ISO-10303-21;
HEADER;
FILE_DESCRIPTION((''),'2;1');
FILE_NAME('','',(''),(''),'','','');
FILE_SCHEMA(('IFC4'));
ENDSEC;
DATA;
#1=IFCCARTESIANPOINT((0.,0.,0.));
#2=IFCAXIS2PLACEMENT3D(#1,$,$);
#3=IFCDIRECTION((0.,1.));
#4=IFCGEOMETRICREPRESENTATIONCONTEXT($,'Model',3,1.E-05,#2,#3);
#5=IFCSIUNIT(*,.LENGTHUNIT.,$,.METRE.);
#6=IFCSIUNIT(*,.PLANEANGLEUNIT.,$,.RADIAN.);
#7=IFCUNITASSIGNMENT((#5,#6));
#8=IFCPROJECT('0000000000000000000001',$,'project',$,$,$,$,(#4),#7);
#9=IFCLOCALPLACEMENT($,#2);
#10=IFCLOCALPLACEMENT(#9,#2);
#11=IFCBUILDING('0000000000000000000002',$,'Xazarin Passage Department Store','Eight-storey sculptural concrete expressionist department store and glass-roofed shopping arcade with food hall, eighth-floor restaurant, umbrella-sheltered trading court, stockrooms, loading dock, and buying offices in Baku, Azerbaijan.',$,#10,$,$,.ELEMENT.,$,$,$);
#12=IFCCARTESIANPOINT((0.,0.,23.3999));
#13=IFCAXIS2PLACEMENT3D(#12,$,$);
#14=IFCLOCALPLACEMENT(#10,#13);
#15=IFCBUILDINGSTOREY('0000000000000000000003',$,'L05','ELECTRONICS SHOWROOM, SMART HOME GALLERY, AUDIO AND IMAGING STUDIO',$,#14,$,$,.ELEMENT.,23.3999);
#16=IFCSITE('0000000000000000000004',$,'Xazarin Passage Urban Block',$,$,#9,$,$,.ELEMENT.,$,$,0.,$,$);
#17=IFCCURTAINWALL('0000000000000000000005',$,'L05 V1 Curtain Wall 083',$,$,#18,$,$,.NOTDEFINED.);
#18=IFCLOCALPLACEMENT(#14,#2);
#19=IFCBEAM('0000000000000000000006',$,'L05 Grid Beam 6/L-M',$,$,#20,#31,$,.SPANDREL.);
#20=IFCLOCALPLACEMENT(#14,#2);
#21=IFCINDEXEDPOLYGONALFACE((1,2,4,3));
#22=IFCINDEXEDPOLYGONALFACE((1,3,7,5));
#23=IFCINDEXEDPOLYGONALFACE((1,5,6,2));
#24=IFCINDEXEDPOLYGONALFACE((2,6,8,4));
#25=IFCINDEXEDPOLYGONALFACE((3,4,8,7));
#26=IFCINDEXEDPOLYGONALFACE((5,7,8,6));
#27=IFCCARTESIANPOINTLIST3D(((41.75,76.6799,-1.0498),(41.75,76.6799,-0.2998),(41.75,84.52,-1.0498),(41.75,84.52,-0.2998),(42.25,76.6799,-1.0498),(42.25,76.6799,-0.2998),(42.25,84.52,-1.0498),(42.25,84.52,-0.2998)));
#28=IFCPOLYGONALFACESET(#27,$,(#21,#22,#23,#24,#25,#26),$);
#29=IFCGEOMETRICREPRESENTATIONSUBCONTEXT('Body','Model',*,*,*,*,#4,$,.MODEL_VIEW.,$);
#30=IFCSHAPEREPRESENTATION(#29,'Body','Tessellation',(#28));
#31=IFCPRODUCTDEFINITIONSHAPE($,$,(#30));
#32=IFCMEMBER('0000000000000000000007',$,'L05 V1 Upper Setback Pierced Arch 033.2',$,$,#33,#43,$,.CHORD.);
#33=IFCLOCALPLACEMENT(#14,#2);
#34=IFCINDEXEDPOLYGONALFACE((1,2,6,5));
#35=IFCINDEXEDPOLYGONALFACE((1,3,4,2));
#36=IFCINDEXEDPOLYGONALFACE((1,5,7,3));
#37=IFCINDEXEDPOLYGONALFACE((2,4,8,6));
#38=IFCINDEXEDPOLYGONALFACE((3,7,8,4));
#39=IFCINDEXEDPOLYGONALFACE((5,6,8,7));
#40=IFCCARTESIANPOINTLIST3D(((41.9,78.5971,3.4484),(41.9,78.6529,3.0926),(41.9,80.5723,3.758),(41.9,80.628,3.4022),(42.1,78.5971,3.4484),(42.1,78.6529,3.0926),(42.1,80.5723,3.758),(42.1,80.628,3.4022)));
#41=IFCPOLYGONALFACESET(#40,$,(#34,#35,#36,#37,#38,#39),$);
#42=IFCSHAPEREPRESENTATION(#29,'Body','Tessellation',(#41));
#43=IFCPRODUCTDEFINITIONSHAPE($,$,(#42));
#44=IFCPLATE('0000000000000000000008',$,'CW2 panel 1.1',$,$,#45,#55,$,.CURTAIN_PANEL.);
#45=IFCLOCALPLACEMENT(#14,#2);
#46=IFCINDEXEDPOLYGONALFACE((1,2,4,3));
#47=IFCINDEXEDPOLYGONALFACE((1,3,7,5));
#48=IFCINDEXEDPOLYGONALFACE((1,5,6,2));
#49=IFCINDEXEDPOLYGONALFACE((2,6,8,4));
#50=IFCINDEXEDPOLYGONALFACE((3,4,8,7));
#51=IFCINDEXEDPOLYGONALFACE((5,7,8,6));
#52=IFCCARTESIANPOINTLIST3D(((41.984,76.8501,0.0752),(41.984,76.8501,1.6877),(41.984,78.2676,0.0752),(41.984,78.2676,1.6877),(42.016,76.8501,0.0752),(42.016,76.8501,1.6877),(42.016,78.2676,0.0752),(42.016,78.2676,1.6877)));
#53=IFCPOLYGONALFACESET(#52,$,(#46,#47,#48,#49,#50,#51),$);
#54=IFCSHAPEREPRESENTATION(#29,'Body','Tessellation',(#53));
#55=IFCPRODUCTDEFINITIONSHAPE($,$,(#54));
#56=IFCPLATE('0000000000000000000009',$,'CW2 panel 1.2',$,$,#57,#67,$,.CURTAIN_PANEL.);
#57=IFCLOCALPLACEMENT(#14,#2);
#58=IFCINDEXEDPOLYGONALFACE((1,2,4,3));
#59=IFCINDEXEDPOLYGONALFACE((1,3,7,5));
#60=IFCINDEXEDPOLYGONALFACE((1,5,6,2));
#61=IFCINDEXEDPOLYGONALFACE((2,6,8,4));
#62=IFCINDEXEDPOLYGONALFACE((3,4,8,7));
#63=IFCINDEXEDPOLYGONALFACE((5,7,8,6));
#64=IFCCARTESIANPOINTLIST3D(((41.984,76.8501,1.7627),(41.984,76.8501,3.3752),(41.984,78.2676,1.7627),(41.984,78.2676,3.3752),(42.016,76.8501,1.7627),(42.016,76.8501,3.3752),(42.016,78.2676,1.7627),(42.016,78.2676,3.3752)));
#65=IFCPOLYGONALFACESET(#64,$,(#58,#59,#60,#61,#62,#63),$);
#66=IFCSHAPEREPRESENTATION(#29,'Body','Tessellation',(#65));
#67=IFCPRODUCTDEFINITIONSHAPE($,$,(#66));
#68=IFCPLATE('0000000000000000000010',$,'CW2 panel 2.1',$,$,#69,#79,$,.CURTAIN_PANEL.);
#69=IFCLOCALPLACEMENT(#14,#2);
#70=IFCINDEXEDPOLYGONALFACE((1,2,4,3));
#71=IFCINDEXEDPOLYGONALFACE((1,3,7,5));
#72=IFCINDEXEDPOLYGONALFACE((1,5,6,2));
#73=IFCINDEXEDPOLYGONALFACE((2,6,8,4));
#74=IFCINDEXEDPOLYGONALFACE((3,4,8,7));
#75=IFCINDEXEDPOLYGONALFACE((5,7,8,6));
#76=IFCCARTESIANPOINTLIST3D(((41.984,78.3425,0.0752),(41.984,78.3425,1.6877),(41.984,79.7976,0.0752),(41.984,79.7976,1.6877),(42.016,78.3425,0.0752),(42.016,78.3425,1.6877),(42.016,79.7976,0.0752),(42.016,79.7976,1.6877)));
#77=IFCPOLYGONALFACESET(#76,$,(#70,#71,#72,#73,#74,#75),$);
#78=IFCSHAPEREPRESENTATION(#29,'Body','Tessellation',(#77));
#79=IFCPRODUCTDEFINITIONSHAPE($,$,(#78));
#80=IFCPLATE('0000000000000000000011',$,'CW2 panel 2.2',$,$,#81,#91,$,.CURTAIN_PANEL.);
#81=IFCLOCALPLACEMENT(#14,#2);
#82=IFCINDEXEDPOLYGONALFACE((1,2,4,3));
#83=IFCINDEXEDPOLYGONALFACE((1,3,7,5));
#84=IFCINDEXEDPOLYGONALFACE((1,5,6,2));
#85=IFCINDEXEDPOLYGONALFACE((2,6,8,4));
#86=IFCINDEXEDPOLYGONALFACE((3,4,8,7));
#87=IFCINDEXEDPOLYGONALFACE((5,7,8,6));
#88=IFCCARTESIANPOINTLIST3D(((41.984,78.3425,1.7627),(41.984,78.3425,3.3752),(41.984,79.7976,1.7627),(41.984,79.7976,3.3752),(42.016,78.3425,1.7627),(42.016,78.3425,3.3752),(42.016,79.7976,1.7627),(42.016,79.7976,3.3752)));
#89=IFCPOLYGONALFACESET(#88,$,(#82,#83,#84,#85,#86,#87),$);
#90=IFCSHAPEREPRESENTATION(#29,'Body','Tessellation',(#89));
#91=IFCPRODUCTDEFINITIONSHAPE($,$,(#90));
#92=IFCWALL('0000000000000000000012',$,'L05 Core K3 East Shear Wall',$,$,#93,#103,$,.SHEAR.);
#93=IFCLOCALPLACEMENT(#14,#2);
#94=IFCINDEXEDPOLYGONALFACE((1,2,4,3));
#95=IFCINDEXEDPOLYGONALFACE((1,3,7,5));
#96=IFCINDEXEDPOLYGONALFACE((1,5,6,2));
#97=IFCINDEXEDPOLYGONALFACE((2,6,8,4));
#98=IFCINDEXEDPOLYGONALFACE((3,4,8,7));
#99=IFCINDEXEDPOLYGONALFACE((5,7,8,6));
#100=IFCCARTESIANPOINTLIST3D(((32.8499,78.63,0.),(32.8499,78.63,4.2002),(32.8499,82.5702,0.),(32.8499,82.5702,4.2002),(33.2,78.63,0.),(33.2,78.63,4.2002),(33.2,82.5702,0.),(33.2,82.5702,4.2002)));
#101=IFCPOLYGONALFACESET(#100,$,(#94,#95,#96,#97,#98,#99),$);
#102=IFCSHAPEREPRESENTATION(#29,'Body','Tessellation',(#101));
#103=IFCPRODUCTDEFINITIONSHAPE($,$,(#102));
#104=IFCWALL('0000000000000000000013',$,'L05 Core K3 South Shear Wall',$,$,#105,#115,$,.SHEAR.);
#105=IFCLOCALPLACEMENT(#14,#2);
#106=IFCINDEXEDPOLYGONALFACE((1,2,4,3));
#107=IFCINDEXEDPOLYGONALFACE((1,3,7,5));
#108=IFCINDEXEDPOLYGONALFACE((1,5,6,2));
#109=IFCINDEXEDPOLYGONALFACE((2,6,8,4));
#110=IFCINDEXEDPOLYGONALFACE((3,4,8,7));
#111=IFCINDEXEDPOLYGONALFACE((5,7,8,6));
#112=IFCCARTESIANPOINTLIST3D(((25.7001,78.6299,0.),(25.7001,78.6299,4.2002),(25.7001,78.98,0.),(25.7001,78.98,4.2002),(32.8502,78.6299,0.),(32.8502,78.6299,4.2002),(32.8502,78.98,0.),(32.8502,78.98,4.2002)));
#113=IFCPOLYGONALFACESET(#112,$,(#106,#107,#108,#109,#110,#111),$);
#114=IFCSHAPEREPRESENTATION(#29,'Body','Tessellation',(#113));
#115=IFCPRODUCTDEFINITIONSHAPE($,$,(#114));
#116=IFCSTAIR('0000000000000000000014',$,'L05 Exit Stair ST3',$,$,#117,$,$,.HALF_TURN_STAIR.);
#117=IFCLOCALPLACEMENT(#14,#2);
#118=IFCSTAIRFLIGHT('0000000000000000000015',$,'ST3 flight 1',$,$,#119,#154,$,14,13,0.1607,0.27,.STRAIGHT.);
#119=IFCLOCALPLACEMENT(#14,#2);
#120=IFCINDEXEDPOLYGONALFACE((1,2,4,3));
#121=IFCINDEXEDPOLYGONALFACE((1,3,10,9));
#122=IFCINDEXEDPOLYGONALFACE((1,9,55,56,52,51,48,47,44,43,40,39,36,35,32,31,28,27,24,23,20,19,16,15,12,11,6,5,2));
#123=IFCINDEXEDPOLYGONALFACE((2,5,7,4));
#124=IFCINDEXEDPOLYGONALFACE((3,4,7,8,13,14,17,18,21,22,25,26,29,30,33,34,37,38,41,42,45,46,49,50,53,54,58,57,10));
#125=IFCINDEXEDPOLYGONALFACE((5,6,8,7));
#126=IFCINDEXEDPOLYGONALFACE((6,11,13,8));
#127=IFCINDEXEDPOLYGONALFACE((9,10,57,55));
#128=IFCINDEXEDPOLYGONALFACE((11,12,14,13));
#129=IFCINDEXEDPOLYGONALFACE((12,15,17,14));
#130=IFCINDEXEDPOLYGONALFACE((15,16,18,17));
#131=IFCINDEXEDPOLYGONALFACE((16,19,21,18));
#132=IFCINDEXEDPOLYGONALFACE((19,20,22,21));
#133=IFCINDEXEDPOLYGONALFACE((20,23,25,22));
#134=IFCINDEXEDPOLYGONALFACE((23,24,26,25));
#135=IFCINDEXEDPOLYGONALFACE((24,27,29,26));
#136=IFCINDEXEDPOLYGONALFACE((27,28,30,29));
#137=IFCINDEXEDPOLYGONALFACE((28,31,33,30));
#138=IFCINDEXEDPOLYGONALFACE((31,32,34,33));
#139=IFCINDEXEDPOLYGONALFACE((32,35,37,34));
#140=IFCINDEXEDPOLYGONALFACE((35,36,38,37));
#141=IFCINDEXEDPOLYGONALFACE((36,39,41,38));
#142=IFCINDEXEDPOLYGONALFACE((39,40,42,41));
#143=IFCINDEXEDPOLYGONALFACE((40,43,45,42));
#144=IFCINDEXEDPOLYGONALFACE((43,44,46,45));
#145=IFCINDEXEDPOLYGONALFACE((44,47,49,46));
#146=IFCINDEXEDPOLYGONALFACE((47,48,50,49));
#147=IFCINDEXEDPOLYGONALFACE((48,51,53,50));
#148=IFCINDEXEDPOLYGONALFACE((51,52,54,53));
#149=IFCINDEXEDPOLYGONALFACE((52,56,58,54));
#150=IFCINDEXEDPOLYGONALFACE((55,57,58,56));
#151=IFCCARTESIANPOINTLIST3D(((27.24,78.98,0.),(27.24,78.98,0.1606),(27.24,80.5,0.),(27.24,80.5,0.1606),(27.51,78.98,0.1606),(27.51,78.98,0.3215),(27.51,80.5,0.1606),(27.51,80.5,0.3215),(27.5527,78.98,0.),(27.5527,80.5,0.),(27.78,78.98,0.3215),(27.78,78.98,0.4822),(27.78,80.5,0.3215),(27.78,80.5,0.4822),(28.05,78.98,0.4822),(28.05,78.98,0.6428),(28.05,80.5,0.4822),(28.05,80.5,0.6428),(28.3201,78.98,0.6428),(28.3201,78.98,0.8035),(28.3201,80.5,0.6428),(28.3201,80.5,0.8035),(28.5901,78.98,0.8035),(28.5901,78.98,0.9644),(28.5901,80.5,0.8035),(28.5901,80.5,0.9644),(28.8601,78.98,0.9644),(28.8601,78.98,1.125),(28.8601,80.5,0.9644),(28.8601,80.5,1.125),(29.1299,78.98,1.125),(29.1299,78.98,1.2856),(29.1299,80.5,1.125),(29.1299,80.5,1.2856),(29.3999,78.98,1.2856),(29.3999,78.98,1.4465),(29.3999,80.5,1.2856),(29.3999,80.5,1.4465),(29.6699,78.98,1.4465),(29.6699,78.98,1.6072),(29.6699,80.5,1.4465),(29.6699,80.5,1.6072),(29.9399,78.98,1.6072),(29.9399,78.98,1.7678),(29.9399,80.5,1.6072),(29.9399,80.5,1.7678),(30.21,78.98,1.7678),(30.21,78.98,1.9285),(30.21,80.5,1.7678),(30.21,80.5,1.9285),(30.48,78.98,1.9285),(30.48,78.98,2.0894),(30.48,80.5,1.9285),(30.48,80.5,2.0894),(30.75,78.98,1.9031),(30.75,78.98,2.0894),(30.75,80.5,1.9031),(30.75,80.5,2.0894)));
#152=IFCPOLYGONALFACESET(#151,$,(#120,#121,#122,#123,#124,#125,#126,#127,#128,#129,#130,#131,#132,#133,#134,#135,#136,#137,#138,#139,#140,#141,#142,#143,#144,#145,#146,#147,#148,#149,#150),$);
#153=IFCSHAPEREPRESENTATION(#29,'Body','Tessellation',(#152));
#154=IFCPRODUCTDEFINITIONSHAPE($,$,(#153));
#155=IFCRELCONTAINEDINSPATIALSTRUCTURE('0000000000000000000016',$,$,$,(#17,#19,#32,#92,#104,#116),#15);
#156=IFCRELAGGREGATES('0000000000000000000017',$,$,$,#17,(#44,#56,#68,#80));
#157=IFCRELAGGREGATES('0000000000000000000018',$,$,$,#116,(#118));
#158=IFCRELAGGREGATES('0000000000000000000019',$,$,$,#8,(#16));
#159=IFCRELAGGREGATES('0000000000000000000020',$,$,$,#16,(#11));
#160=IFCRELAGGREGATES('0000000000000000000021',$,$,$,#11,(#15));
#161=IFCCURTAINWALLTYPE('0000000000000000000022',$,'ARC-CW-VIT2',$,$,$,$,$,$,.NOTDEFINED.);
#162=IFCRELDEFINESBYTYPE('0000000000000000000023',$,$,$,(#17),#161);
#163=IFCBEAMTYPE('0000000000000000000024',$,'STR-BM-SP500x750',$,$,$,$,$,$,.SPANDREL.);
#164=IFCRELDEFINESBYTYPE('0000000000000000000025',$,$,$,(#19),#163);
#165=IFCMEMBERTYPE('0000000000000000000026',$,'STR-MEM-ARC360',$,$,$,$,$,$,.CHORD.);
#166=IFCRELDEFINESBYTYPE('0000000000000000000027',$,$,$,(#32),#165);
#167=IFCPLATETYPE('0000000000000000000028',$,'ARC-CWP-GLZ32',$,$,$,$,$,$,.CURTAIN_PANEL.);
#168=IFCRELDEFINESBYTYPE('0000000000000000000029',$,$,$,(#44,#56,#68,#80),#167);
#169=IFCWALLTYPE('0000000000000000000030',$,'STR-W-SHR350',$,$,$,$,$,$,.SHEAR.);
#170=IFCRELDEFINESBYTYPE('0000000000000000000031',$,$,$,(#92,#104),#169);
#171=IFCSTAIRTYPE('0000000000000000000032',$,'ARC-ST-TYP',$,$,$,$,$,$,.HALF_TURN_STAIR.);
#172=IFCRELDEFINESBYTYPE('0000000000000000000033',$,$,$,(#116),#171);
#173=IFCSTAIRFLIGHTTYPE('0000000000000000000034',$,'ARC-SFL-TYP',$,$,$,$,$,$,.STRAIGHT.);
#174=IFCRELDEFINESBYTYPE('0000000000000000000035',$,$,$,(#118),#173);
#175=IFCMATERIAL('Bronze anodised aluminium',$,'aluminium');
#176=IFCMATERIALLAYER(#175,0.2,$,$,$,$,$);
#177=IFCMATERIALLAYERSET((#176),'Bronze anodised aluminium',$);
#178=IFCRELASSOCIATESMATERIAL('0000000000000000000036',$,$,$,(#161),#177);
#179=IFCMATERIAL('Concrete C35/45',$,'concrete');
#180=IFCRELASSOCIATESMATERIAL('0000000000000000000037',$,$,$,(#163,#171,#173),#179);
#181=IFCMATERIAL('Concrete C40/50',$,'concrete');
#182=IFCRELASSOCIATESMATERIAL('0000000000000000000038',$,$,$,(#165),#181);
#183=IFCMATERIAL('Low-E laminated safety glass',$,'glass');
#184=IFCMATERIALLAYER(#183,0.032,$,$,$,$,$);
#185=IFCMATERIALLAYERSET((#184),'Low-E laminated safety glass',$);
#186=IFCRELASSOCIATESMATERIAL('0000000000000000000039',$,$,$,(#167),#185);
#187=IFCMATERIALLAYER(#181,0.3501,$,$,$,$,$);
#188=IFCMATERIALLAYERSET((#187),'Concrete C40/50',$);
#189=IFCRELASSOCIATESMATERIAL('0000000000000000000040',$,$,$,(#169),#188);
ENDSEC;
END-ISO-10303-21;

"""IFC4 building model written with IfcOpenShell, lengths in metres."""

from ifc_helpers import new_model, si_unit, direction, frame, frame_2d, origin, origin_2d, place, context, subcontext, project, spatial, polyline, rectangle, outline, extrude, material, layer, layer_set, material_profile, profile_set, type_object, element, aggregate, save


model = new_model("IFC4")

# Units and contexts
model_context = context("Model", 3, precision=1e-05, world=origin(), true_north=direction((0.0, 1.0)))
body_context = subcontext(model_context, "Body", "Model", "MODEL_VIEW")
ifc_project = project(units=[si_unit("LENGTHUNIT", "METRE"), si_unit("PLANEANGLEUNIT", "RADIAN")], contexts=[model_context])

# Site, building, storey
site_placement = place(None, origin())
site = spatial("IfcSite", under=ifc_project, at=site_placement, Name="Xazarin Passage Urban Block", CompositionType="ELEMENT", RefElevation=0.0)
building_placement = place(site_placement, origin())
building = spatial("IfcBuilding", under=site, at=building_placement, Name="Xazarin Passage Department Store", Description="Eight-storey sculptural concrete expressionist department store and glass-roofed shopping arcade with food hall, eighth-floor restaurant, umbrella-sheltered trading court, stockrooms, loading dock, and buying offices in Baku, Azerbaijan.", CompositionType="ELEMENT")
storey_placement = place(building_placement, frame((0.0, 0.0, 23.3999)))
storey = spatial("IfcBuildingStorey", under=building, at=storey_placement, Name="L05", Description="ELECTRONICS SHOWROOM, SMART HOME GALLERY, AUDIO AND IMAGING STUDIO", CompositionType="ELEMENT", Elevation=23.3999)

# Curtain wall
ifc_material_1 = material(Name="Bronze anodised aluminium", Category="aluminium")
ifc_layer_1 = layer(ifc_material_1, 0.2)
ifc_layer_set_1 = layer_set([ifc_layer_1], Name="Bronze anodised aluminium")
curtain_wall_type = type_object("IfcCurtainWallType", Name="ARC-CW-VIT2", PredefinedType="NOTDEFINED", material=ifc_layer_set_1)
curtain_wall_placement = place(storey_placement, origin())
curtain_wall = element("IfcCurtainWall", 1, at=curtain_wall_placement, inside=storey, type_object=curtain_wall_type, Name="L05 V1 Curtain Wall 083", PredefinedType="NOTDEFINED")

# Beam
ifc_material_2 = material(Name="Concrete C35/45", Category="concrete")
ifc_material_profile_1 = material_profile(ifc_material_2, rectangle(XDim=0.5, YDim=0.75, at=origin_2d()), Name="RC 500x750")
ifc_profile_set_1 = profile_set([ifc_material_profile_1], Name="Concrete C35/45")
beam_type = type_object("IfcBeamType", Name="STR-BM-SP500x750", PredefinedType="SPANDREL", material=ifc_profile_set_1)
beam_placement = place(storey_placement, frame((42.0, 76.6799, -0.6748), z_axis=(0.0, 1.0, 0.0), x_axis=(-1.0, 0.0, 0.0)))
element("IfcBeam", 2, at=beam_placement, inside=storey, type_object=beam_type, Name="L05 Grid Beam 6/L-M", PredefinedType="SPANDREL", context=body_context, shape_type="SweptSolid", body=[
    extrude(rectangle(XDim=0.5, YDim=0.75, at=origin_2d()), origin(), (0.0, 0.0, 1.0), 7.8401),
])

# Member
ifc_material_3 = material(Name="Concrete C40/50", Category="concrete")
ifc_material_profile_2 = material_profile(ifc_material_3, rectangle(XDim=0.2, YDim=0.3601, at=origin_2d()), Name="RC 200x360")
ifc_profile_set_2 = profile_set([ifc_material_profile_2], Name="Concrete C40/50")
member_type_1 = type_object("IfcMemberType", Name="STR-MEM-ARC360", PredefinedType="CHORD", material=ifc_profile_set_2)
member_1_placement = place(storey_placement, frame((42.0, 78.625, 3.2705), z_axis=(0.0, 0.987939, 0.154846), x_axis=(-1.0, 0.0, 0.0)))
element("IfcMember", 3, at=member_1_placement, inside=storey, type_object=member_type_1, Name="L05 V1 Upper Setback Pierced Arch 033.2", PredefinedType="CHORD", context=body_context, shape_type="SweptSolid", body=[
    extrude(rectangle(XDim=0.2, YDim=0.3601, at=origin_2d()), origin(), (0.0, 0.0, 1.0), 1.9993),
])

# Plates
ifc_material_4 = material(Name="Low-E laminated safety glass", Category="glass")
ifc_layer_2 = layer(ifc_material_4, 0.032)
ifc_layer_set_2 = layer_set([ifc_layer_2], Name="Low-E laminated safety glass")
plate_type = type_object("IfcPlateType", Name="ARC-CWP-GLZ32", PredefinedType="CURTAIN_PANEL", material=ifc_layer_set_2)
plate_1_placement = place(storey_placement, frame((42.0, 77.5588, 0.0752), z_axis=(0.0, 0.0, 1.0), x_axis=(0.0, 1.0, 0.0)))
plate_1 = element("IfcPlate", 4, at=plate_1_placement, type_object=plate_type, Name="CW2 panel 1.1", PredefinedType="CURTAIN_PANEL", context=body_context, shape_type="SweptSolid", body=[
    extrude(rectangle(XDim=1.4175, YDim=0.032, at=origin_2d()), origin(), (0.0, 0.0, 1.0), 1.6125),
])
plate_2_placement = place(storey_placement, frame((42.0, 77.5588, 1.7627), z_axis=(0.0, 0.0, 1.0), x_axis=(0.0, 1.0, 0.0)))
plate_2 = element("IfcPlate", 5, at=plate_2_placement, type_object=plate_type, Name="CW2 panel 1.2", PredefinedType="CURTAIN_PANEL", context=body_context, shape_type="SweptSolid", body=[
    extrude(rectangle(XDim=1.4175, YDim=0.032, at=origin_2d()), origin(), (0.0, 0.0, 1.0), 1.6125),
])
plate_3_placement = place(storey_placement, frame((42.0, 79.0701, 0.0752), z_axis=(0.0, 0.0, 1.0), x_axis=(0.0, 1.0, 0.0)))
plate_3 = element("IfcPlate", 6, at=plate_3_placement, type_object=plate_type, Name="CW2 panel 2.1", PredefinedType="CURTAIN_PANEL", context=body_context, shape_type="SweptSolid", body=[
    extrude(rectangle(XDim=1.4551, YDim=0.032, at=origin_2d()), origin(), (0.0, 0.0, 1.0), 1.6125),
])
plate_4_placement = place(storey_placement, frame((42.0, 79.0701, 1.7627), z_axis=(0.0, 0.0, 1.0), x_axis=(0.0, 1.0, 0.0)))
plate_4 = element("IfcPlate", 7, at=plate_4_placement, type_object=plate_type, Name="CW2 panel 2.2", PredefinedType="CURTAIN_PANEL", context=body_context, shape_type="SweptSolid", body=[
    extrude(rectangle(XDim=1.4551, YDim=0.032, at=origin_2d()), origin(), (0.0, 0.0, 1.0), 1.6125),
])
aggregate(curtain_wall, [plate_1, plate_2, plate_3, plate_4])

# Walls
ifc_layer_3 = layer(ifc_material_3, 0.3501)
ifc_layer_set_3 = layer_set([ifc_layer_3], Name="Concrete C40/50")
wall_type = type_object("IfcWallType", Name="STR-W-SHR350", PredefinedType="SHEAR", material=ifc_layer_set_3)
wall_1_placement = place(storey_placement, frame((33.0249, 78.6299, 0.0), z_axis=(0.0, 0.0, 1.0), x_axis=(0.0, 1.0, 0.0)))
element("IfcWall", 8, at=wall_1_placement, inside=storey, type_object=wall_type, Name="L05 Core K3 East Shear Wall", PredefinedType="SHEAR", context=body_context, shape_type="SweptSolid", body=[
    extrude(rectangle(XDim=3.9402, YDim=0.3501, at=frame_2d((1.9702, 0.0))), origin(), (0.0, 0.0, 1.0), 4.2002),
])
wall_2_placement = place(storey_placement, frame((25.7, 78.8049, 0.0), z_axis=(0.0, 0.0, 1.0), x_axis=(1.0, 0.0, 0.0)))
element("IfcWall", 9, at=wall_2_placement, inside=storey, type_object=wall_type, Name="L05 Core K3 South Shear Wall", PredefinedType="SHEAR", context=body_context, shape_type="SweptSolid", body=[
    extrude(rectangle(XDim=7.1501, YDim=0.3501, at=frame_2d((3.5752, 0.0))), origin(), (0.0, 0.0, 1.0), 4.2002),
])

# Stair, stair flight
stair_type = type_object("IfcStairType", Name="ARC-ST-TYP", PredefinedType="HALF_TURN_STAIR", material=ifc_material_2)
stair_placement = place(storey_placement, origin())
stair = element("IfcStair", 10, at=stair_placement, inside=storey, type_object=stair_type, Name="L05 Exit Stair ST3", PredefinedType="HALF_TURN_STAIR")
stair_flight_type = type_object("IfcStairFlightType", Name="ARC-SFL-TYP", PredefinedType="STRAIGHT", material=ifc_material_2)
stair_flight_placement = place(storey_placement, frame((27.24, 79.74, 0.0), z_axis=(0.0, 0.0, 1.0), x_axis=(1.0, 0.0, 0.0)))
stair_flight = element("IfcStairFlight", 11, at=stair_flight_placement, type_object=stair_flight_type, Name="ST3 flight 1", NumberOfRisers=14, NumberOfTreads=13, PredefinedType="STRAIGHT", RiserHeight=0.1607, TreadLength=0.27, context=body_context, shape_type="SweptSolid", body=[
    extrude(outline(polyline([(0.0, 0.0), (0.0, 0.1606), (0.27, 0.1606), (0.27, 0.3215), (0.54, 0.3215), (0.54, 0.4822), (0.8101, 0.4822), (0.8101, 0.6428), (1.0801, 0.6428), (1.0801, 0.8035), (1.3501, 0.8035), (1.3501, 0.9644), (1.6201, 0.9644), (1.6201, 1.125), (1.8899, 1.125), (1.8899, 1.2856), (2.1599, 1.2856), (2.1599, 1.4465), (2.4299, 1.4465), (2.4299, 1.6072), (2.7, 1.6072), (2.7, 1.7678), (2.97, 1.7678), (2.97, 1.9285), (3.24, 1.9285), (3.24, 2.0894), (3.51, 2.0894), (3.51, 2.25), (3.51, 1.9031), (0.3127, 0.0), (0.0, 0.0)])), frame((0.0, 0.76, 0.0), z_axis=(0.0, -1.0, 0.0), x_axis=(1.0, 0.0, 0.0)), (0.0, 0.0, 1.0), 1.52),
])
aggregate(stair, [stair_flight])

save(model, "model.ifc")
